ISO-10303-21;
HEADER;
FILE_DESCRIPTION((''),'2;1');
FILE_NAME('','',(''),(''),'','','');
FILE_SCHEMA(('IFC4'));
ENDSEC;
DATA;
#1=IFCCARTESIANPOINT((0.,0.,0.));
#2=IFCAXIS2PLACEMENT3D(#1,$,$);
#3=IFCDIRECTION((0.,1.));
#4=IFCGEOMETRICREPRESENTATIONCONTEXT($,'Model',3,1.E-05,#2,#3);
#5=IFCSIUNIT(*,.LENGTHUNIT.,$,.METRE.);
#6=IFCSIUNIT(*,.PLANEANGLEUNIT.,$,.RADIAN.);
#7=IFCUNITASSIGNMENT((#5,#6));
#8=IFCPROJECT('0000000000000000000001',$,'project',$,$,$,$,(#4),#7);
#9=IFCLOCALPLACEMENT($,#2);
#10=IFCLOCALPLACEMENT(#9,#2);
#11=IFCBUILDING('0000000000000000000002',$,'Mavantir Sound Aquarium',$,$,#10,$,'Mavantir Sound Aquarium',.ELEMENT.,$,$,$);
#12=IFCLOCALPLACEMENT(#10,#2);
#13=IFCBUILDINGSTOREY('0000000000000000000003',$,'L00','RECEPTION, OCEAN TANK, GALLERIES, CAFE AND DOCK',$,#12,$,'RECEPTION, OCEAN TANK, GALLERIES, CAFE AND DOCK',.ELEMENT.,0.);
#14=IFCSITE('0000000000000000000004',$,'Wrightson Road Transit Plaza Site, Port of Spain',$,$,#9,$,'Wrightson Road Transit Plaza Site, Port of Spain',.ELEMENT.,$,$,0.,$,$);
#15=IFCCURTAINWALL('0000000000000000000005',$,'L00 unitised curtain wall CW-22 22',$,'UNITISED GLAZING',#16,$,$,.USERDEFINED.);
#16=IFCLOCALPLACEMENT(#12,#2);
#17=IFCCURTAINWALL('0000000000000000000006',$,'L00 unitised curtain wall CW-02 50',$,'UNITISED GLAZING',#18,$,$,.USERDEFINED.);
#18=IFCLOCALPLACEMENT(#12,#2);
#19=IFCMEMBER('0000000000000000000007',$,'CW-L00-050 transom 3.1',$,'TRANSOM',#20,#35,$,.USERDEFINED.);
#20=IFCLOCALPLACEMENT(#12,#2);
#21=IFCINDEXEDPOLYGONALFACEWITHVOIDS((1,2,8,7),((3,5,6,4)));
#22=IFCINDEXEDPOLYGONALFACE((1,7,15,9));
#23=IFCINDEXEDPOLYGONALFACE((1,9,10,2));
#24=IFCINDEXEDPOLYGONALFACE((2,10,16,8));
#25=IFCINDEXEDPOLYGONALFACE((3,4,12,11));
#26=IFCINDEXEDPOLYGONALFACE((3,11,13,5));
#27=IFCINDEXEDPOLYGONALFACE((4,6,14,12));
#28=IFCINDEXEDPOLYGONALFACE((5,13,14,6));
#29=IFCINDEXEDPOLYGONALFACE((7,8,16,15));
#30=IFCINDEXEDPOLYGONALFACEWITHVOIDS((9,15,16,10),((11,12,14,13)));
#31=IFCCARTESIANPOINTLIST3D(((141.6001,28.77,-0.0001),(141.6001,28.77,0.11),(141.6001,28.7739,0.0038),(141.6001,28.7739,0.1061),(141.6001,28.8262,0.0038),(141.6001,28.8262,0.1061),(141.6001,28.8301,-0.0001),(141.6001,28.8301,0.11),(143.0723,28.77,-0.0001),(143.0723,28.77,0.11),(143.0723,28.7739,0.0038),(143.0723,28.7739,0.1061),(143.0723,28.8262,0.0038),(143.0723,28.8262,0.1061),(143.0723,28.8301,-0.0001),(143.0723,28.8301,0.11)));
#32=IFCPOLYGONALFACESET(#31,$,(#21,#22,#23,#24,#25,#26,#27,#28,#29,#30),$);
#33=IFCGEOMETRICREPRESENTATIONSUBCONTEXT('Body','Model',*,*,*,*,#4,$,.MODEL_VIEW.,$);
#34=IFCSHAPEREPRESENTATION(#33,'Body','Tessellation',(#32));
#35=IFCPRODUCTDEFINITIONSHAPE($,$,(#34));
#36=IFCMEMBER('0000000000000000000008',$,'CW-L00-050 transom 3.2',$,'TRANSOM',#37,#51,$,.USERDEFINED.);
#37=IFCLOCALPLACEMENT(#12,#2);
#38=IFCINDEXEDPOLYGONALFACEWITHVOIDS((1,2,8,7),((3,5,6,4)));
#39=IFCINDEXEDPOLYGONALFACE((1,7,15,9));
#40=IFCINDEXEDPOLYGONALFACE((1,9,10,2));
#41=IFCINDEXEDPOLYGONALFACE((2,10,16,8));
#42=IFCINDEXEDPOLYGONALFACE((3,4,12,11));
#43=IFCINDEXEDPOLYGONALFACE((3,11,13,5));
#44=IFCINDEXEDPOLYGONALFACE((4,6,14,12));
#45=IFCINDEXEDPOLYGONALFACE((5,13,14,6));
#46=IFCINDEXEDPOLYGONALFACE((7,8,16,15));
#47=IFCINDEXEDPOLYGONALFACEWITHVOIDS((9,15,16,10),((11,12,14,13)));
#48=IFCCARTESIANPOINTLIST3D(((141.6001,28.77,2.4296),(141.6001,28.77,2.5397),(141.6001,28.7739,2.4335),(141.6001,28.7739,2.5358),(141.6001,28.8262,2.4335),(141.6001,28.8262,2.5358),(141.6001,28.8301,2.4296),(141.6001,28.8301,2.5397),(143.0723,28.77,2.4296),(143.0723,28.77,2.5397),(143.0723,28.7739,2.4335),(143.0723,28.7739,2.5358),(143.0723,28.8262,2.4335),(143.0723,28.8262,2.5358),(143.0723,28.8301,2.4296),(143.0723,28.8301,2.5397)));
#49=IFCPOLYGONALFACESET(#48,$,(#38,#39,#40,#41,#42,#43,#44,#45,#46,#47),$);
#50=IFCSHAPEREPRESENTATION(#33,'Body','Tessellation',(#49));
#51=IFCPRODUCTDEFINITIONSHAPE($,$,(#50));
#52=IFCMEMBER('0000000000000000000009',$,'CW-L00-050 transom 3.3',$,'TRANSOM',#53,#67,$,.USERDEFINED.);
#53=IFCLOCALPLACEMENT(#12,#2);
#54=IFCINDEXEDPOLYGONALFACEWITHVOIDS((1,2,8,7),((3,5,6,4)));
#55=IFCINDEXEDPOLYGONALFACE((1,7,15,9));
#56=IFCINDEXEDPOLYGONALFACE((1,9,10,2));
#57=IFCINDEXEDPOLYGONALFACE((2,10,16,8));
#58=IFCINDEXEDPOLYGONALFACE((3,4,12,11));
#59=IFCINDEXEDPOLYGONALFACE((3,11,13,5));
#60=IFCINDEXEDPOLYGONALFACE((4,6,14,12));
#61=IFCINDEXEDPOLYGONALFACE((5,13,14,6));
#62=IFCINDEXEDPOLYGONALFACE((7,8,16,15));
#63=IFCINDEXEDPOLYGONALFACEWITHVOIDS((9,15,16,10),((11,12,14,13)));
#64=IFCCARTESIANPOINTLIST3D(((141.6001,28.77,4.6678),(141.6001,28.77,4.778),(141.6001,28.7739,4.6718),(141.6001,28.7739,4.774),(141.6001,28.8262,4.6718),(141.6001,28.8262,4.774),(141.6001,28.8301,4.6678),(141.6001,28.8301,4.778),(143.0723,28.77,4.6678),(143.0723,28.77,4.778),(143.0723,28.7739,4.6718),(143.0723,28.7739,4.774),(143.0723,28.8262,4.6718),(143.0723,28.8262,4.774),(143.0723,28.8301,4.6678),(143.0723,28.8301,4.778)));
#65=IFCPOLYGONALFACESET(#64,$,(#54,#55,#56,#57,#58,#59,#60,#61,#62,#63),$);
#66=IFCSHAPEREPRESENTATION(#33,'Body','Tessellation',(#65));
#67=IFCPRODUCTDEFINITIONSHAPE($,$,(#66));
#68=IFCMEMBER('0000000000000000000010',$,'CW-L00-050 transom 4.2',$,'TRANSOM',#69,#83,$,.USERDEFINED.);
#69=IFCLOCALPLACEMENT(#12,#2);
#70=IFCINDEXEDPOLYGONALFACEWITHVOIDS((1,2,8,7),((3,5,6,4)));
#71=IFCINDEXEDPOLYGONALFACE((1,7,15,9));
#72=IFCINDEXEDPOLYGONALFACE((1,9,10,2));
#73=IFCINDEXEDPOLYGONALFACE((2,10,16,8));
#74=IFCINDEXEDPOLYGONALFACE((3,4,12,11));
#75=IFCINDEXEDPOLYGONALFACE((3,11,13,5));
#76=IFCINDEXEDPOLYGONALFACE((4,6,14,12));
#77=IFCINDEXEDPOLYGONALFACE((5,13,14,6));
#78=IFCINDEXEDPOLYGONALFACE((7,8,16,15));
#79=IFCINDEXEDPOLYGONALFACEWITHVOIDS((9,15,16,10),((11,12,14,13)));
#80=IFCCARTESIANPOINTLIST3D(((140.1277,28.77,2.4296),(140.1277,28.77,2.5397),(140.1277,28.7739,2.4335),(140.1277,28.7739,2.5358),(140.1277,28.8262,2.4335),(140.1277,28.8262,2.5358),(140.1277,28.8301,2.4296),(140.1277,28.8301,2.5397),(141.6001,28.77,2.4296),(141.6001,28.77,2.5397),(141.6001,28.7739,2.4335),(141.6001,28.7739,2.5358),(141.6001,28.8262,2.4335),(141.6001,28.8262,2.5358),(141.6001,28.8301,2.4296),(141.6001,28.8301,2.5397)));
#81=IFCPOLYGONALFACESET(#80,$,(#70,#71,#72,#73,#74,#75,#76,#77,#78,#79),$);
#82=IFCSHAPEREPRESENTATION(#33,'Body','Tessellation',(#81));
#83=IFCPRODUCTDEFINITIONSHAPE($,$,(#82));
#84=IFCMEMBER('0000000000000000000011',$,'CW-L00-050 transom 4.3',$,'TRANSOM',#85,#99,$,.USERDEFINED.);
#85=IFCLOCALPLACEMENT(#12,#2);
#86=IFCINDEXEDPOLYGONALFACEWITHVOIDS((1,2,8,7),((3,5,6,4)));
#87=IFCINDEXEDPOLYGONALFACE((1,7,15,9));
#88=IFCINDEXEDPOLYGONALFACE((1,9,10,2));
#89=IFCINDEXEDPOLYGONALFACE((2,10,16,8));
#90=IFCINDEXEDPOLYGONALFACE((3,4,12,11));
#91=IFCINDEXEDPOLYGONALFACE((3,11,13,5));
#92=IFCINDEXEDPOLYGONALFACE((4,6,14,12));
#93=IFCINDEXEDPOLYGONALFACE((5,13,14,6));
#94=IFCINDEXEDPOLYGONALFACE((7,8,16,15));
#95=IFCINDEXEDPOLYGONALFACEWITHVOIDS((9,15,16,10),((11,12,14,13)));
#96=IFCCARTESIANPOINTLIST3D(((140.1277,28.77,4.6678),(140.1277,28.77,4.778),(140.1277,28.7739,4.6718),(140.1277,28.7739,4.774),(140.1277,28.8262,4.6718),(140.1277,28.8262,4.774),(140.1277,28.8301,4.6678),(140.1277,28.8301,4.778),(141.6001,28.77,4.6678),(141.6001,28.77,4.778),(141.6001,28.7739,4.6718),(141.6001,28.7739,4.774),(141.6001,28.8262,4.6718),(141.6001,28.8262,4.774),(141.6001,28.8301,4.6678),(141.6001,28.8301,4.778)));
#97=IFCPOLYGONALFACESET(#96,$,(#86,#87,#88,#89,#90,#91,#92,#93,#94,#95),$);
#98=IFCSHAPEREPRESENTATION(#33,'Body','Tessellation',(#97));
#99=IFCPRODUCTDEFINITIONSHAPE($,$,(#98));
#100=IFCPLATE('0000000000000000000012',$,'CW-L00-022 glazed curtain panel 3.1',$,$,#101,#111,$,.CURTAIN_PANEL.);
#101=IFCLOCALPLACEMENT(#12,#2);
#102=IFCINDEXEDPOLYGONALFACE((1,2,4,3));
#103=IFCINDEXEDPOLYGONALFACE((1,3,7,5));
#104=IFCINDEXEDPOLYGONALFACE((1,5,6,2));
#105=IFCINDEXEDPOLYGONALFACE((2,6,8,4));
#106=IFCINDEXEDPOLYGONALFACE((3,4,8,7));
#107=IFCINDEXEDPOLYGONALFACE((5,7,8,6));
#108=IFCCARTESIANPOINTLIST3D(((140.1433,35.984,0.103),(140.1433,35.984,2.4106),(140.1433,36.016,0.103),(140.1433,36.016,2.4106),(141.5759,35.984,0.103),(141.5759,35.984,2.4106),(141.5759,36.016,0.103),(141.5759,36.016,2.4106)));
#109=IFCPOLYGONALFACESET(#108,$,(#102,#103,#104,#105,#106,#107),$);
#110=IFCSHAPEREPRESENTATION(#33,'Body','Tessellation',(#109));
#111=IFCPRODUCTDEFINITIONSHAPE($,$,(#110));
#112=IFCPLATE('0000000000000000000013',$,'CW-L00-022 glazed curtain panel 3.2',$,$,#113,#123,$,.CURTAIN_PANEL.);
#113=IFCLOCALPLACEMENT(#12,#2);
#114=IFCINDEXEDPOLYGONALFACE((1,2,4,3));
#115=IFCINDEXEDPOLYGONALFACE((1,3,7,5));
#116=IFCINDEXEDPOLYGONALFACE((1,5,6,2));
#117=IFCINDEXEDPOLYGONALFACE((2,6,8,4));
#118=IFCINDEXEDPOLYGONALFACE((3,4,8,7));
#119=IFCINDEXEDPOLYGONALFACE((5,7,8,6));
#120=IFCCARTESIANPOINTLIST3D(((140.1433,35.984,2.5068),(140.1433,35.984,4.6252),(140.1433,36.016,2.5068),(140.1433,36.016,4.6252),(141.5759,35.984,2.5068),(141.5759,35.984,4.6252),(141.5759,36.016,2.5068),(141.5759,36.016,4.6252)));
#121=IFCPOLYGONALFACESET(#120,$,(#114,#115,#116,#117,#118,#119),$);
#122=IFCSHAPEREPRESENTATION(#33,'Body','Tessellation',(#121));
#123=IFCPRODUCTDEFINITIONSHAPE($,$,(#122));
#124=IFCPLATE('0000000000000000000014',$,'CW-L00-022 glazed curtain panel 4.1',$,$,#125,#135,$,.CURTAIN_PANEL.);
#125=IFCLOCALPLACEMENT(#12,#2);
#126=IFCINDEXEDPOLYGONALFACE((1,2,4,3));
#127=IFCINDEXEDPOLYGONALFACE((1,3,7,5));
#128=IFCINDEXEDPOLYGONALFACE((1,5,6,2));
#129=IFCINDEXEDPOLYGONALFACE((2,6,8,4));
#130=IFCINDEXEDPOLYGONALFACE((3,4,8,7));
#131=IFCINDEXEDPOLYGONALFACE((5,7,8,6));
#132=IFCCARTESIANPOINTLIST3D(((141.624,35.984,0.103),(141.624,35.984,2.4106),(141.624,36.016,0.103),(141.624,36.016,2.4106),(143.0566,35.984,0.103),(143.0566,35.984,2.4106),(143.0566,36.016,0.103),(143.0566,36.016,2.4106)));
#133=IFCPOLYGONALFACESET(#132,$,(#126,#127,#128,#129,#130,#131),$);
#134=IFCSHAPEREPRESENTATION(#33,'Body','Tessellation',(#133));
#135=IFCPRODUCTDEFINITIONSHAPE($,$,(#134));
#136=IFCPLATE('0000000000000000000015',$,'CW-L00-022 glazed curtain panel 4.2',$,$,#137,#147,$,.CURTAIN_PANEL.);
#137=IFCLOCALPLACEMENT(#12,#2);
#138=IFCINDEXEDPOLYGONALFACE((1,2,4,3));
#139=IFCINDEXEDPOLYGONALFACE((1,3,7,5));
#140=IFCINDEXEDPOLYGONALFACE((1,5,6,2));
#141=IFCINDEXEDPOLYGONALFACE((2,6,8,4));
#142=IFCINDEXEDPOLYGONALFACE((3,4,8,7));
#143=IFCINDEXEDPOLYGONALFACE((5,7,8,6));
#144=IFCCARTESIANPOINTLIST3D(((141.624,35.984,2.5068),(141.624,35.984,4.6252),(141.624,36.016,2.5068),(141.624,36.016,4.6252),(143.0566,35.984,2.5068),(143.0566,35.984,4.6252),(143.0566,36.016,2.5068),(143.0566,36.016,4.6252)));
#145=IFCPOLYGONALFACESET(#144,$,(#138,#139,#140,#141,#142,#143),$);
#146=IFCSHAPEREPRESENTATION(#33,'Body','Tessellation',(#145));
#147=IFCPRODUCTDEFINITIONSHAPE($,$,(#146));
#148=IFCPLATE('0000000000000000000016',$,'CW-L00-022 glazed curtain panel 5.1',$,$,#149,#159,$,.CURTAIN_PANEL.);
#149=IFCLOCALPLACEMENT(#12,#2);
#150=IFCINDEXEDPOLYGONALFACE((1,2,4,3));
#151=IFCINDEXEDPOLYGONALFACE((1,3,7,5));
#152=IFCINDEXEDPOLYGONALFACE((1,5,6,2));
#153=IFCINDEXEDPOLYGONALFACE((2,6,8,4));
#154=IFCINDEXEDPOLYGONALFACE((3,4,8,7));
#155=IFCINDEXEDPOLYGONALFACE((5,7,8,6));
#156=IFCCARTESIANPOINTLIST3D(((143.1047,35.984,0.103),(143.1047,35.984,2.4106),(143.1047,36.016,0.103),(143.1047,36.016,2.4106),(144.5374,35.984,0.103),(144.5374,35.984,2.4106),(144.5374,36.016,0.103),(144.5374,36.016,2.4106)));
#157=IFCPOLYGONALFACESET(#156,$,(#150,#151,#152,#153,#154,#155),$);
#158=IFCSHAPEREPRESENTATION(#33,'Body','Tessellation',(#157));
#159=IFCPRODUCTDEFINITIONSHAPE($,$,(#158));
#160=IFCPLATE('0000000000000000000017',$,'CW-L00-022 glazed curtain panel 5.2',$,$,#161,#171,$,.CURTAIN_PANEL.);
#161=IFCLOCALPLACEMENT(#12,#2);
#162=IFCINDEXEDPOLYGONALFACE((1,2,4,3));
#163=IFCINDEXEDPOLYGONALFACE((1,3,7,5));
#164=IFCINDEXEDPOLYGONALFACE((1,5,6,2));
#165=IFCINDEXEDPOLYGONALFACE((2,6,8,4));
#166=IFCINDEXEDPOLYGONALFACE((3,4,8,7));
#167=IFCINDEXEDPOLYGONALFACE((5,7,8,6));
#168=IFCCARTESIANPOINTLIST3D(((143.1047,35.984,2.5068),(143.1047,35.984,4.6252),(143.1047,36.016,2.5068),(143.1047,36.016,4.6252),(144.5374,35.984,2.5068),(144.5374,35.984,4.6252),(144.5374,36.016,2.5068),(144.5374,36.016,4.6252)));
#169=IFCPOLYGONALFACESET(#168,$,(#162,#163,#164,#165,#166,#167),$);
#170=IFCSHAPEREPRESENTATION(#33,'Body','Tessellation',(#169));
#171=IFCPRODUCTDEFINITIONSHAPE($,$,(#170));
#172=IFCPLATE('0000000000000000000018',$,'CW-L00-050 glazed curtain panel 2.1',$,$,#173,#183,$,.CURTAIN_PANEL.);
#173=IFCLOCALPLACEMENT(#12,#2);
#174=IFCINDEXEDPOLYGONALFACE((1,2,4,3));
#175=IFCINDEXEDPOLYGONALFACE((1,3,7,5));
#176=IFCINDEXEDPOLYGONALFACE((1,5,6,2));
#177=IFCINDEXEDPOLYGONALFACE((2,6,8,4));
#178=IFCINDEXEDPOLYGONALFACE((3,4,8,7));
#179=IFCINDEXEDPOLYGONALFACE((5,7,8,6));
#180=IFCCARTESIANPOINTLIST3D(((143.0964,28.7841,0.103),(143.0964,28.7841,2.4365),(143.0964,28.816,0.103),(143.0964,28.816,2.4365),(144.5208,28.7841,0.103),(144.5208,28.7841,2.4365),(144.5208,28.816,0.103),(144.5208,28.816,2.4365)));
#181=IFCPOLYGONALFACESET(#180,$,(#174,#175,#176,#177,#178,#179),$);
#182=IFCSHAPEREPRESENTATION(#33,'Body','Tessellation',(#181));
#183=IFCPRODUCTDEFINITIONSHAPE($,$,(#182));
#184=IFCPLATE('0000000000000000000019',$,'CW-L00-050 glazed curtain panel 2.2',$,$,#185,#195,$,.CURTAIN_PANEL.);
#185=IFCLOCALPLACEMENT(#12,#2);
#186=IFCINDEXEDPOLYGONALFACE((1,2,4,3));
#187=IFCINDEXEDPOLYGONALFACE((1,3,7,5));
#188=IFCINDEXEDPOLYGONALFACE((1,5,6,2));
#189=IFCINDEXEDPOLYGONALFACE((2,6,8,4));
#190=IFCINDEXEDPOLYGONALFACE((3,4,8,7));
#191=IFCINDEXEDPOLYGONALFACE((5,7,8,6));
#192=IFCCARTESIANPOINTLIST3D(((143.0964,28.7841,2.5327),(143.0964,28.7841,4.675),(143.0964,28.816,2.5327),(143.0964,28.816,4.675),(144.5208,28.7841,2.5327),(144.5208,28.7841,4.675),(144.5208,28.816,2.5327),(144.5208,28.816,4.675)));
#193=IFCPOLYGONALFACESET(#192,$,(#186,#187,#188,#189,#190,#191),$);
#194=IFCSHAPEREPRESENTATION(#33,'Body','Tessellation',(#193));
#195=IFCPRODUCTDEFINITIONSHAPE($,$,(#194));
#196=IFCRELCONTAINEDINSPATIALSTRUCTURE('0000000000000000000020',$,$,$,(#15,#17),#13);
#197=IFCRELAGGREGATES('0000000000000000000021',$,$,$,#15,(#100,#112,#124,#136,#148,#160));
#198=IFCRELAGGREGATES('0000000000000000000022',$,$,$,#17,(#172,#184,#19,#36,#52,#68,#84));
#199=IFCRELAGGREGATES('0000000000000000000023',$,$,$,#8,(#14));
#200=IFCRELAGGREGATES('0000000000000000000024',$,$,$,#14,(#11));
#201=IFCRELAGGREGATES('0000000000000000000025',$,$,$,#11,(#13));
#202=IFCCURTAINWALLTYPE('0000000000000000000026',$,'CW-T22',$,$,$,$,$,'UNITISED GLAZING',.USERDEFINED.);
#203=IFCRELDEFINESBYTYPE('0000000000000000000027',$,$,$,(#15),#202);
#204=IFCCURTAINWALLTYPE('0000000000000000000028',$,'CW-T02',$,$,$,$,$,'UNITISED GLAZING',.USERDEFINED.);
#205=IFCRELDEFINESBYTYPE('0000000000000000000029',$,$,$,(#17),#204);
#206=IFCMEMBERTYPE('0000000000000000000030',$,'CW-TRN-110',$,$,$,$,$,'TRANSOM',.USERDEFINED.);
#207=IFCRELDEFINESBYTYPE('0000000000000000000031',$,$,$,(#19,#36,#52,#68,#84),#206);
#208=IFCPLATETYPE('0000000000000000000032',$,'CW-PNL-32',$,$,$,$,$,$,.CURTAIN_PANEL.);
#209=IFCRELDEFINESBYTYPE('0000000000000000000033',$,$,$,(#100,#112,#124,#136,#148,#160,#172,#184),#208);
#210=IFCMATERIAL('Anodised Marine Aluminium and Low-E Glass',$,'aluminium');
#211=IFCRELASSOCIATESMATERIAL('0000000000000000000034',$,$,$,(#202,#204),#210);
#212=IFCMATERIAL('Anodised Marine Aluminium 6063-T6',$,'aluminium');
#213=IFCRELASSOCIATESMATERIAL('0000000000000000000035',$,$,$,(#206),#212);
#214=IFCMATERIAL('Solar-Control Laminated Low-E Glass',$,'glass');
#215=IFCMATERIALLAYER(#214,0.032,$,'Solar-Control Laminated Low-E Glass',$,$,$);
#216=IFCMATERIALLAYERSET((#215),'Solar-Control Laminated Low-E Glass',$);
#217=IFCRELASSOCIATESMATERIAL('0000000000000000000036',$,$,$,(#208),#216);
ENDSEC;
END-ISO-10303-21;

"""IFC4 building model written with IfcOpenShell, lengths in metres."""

from ifc_helpers import new_model, si_unit, direction, frame, origin, origin_2d, place, context, subcontext, project, spatial, rectangle, hollow_rectangle, extrude, material, layer, layer_set, material_profile, profile_set, type_object, element, aggregate, save


model = new_model("IFC4")

# Units and contexts
model_context = context("Model", 3, precision=1e-05, world=origin(), true_north=direction((0.0, 1.0)))
body_context = subcontext(model_context, "Body", "Model", "MODEL_VIEW")
ifc_project = project(units=[si_unit("LENGTHUNIT", "METRE"), si_unit("PLANEANGLEUNIT", "RADIAN")], contexts=[model_context])

# Site, building, storey
site_placement = place(None, origin())
site = spatial("IfcSite", under=ifc_project, at=site_placement, Name="Wrightson Road Transit Plaza Site, Port of Spain", LongName="Wrightson Road Transit Plaza Site, Port of Spain", CompositionType="ELEMENT", RefElevation=0.0)
building_placement = place(site_placement, origin())
building = spatial("IfcBuilding", under=site, at=building_placement, Name="Mavantir Sound Aquarium", LongName="Mavantir Sound Aquarium", CompositionType="ELEMENT")
storey_placement = place(building_placement, origin())
storey = spatial("IfcBuildingStorey", under=building, at=storey_placement, Name="L00", Description="RECEPTION, OCEAN TANK, GALLERIES, CAFE AND DOCK", LongName="RECEPTION, OCEAN TANK, GALLERIES, CAFE AND DOCK", CompositionType="ELEMENT", Elevation=0.0)

# Curtain walls
ifc_material_1 = material(Name="Anodised Marine Aluminium and Low-E Glass", Category="aluminium")
curtain_wall_type_1 = type_object("IfcCurtainWallType", Name="CW-T22", ElementType="UNITISED GLAZING", PredefinedType="USERDEFINED", material=ifc_material_1)
curtain_wall_1_placement = place(storey_placement, origin())
curtain_wall_1 = element("IfcCurtainWall", 1, at=curtain_wall_1_placement, inside=storey, type_object=curtain_wall_type_1, Name="L00 unitised curtain wall CW-22 22", ObjectType="UNITISED GLAZING", PredefinedType="USERDEFINED")
ifc_material_2 = material(Name="Anodised Marine Aluminium 6063-T6", Category="aluminium")
curtain_wall_type_2 = type_object("IfcCurtainWallType", Name="CW-T02", ElementType="UNITISED GLAZING", PredefinedType="USERDEFINED", material=ifc_material_1)
curtain_wall_2_placement = place(storey_placement, origin())
curtain_wall_2 = element("IfcCurtainWall", 2, at=curtain_wall_2_placement, inside=storey, type_object=curtain_wall_type_2, Name="L00 unitised curtain wall CW-02 50", ObjectType="UNITISED GLAZING", PredefinedType="USERDEFINED")

# Members
ifc_material_profile_1 = material_profile(ifc_material_2, hollow_rectangle(XDim=0.0601, YDim=0.1101, WallThickness=0.0039, at=origin_2d()), Name="ALU-TRANSOM-110X60")
ifc_profile_set_1 = profile_set([ifc_material_profile_1], Name="Anodised Marine Aluminium 6063-T6")
member_type_1 = type_object("IfcMemberType", Name="CW-TRN-110", ElementType="TRANSOM", PredefinedType="USERDEFINED", material=ifc_profile_set_1)
member_1_placement = place(storey_placement, frame((143.0723, 28.8, 0.0549), z_axis=(-1.0, 0.0, 0.0), x_axis=(0.0, -1.0, 0.0)))
member_1 = element("IfcMember", 3, at=member_1_placement, type_object=member_type_1, Name="CW-L00-050 transom 3.1", ObjectType="TRANSOM", PredefinedType="USERDEFINED", context=body_context, shape_type="SweptSolid", body=[
    extrude(hollow_rectangle(XDim=0.0601, YDim=0.1101, WallThickness=0.0039, at=origin_2d()), origin(), (0.0, 0.0, 1.0), 1.4722),
])
member_2_placement = place(storey_placement, frame((143.0723, 28.8, 2.4846), z_axis=(-1.0, 0.0, 0.0), x_axis=(0.0, -1.0, 0.0)))
member_2 = element("IfcMember", 4, at=member_2_placement, type_object=member_type_1, Name="CW-L00-050 transom 3.2", ObjectType="TRANSOM", PredefinedType="USERDEFINED", context=body_context, shape_type="SweptSolid", body=[
    extrude(hollow_rectangle(XDim=0.0601, YDim=0.1101, WallThickness=0.0039, at=origin_2d()), origin(), (0.0, 0.0, 1.0), 1.4722),
])
member_3_placement = place(storey_placement, frame((143.0723, 28.8, 4.7229), z_axis=(-1.0, 0.0, 0.0), x_axis=(0.0, -1.0, 0.0)))
member_3 = element("IfcMember", 5, at=member_3_placement, type_object=member_type_1, Name="CW-L00-050 transom 3.3", ObjectType="TRANSOM", PredefinedType="USERDEFINED", context=body_context, shape_type="SweptSolid", body=[
    extrude(hollow_rectangle(XDim=0.0601, YDim=0.1101, WallThickness=0.0039, at=origin_2d()), origin(), (0.0, 0.0, 1.0), 1.4722),
])
member_4_placement = place(storey_placement, frame((141.6001, 28.8, 2.4846), z_axis=(-1.0, 0.0, 0.0), x_axis=(0.0, -1.0, 0.0)))
member_4 = element("IfcMember", 6, at=member_4_placement, type_object=member_type_1, Name="CW-L00-050 transom 4.2", ObjectType="TRANSOM", PredefinedType="USERDEFINED", context=body_context, shape_type="SweptSolid", body=[
    extrude(hollow_rectangle(XDim=0.0601, YDim=0.1101, WallThickness=0.0039, at=origin_2d()), origin(), (0.0, 0.0, 1.0), 1.4724),
])
member_5_placement = place(storey_placement, frame((141.6001, 28.8, 4.7229), z_axis=(-1.0, 0.0, 0.0), x_axis=(0.0, -1.0, 0.0)))
member_5 = element("IfcMember", 7, at=member_5_placement, type_object=member_type_1, Name="CW-L00-050 transom 4.3", ObjectType="TRANSOM", PredefinedType="USERDEFINED", context=body_context, shape_type="SweptSolid", body=[
    extrude(hollow_rectangle(XDim=0.0601, YDim=0.1101, WallThickness=0.0039, at=origin_2d()), origin(), (0.0, 0.0, 1.0), 1.4724),
])

# Plates
ifc_material_3 = material(Name="Solar-Control Laminated Low-E Glass", Category="glass")
ifc_layer = layer(ifc_material_3, 0.032, Name="Solar-Control Laminated Low-E Glass")
ifc_layer_set = layer_set([ifc_layer], Name="Solar-Control Laminated Low-E Glass")
plate_type = type_object("IfcPlateType", Name="CW-PNL-32", PredefinedType="CURTAIN_PANEL", material=ifc_layer_set)
plate_1_placement = place(storey_placement, frame((140.8596, 36.0, 0.103), z_axis=(0.0, 0.0, 1.0), x_axis=(1.0, 0.0, 0.0)))
plate_1 = element("IfcPlate", 8, at=plate_1_placement, type_object=plate_type, Name="CW-L00-022 glazed curtain panel 3.1", PredefinedType="CURTAIN_PANEL", context=body_context, shape_type="SweptSolid", body=[
    extrude(rectangle(XDim=1.4326, YDim=0.032, at=origin_2d()), origin(), (0.0, 0.0, 1.0), 2.3076),
])
plate_2_placement = place(storey_placement, frame((140.8596, 36.0, 2.5068), z_axis=(0.0, 0.0, 1.0), x_axis=(1.0, 0.0, 0.0)))
plate_2 = element("IfcPlate", 9, at=plate_2_placement, type_object=plate_type, Name="CW-L00-022 glazed curtain panel 3.2", PredefinedType="CURTAIN_PANEL", context=body_context, shape_type="SweptSolid", body=[
    extrude(rectangle(XDim=1.4326, YDim=0.032, at=origin_2d()), origin(), (0.0, 0.0, 1.0), 2.1184),
])
plate_3_placement = place(storey_placement, frame((142.3403, 36.0, 0.103), z_axis=(0.0, 0.0, 1.0), x_axis=(1.0, 0.0, 0.0)))
plate_3 = element("IfcPlate", 10, at=plate_3_placement, type_object=plate_type, Name="CW-L00-022 glazed curtain panel 4.1", PredefinedType="CURTAIN_PANEL", context=body_context, shape_type="SweptSolid", body=[
    extrude(rectangle(XDim=1.4326, YDim=0.032, at=origin_2d()), origin(), (0.0, 0.0, 1.0), 2.3076),
])
plate_4_placement = place(storey_placement, frame((142.3403, 36.0, 2.5068), z_axis=(0.0, 0.0, 1.0), x_axis=(1.0, 0.0, 0.0)))
plate_4 = element("IfcPlate", 11, at=plate_4_placement, type_object=plate_type, Name="CW-L00-022 glazed curtain panel 4.2", PredefinedType="CURTAIN_PANEL", context=body_context, shape_type="SweptSolid", body=[
    extrude(rectangle(XDim=1.4326, YDim=0.032, at=origin_2d()), origin(), (0.0, 0.0, 1.0), 2.1184),
])
plate_5_placement = place(storey_placement, frame((143.821, 36.0, 0.103), z_axis=(0.0, 0.0, 1.0), x_axis=(1.0, 0.0, 0.0)))
plate_5 = element("IfcPlate", 12, at=plate_5_placement, type_object=plate_type, Name="CW-L00-022 glazed curtain panel 5.1", PredefinedType="CURTAIN_PANEL", context=body_context, shape_type="SweptSolid", body=[
    extrude(rectangle(XDim=1.4326, YDim=0.032, at=origin_2d()), origin(), (0.0, 0.0, 1.0), 2.3076),
])
plate_6_placement = place(storey_placement, frame((143.821, 36.0, 2.5068), z_axis=(0.0, 0.0, 1.0), x_axis=(1.0, 0.0, 0.0)))
plate_6 = element("IfcPlate", 13, at=plate_6_placement, type_object=plate_type, Name="CW-L00-022 glazed curtain panel 5.2", PredefinedType="CURTAIN_PANEL", context=body_context, shape_type="SweptSolid", body=[
    extrude(rectangle(XDim=1.4326, YDim=0.032, at=origin_2d()), origin(), (0.0, 0.0, 1.0), 2.1184),
])
aggregate(curtain_wall_1, [plate_1, plate_2, plate_3, plate_4, plate_5, plate_6])
plate_7_placement = place(storey_placement, frame((143.8086, 28.8, 0.103), z_axis=(0.0, 0.0, 1.0), x_axis=(-1.0, 0.0, 0.0)))
plate_7 = element("IfcPlate", 14, at=plate_7_placement, type_object=plate_type, Name="CW-L00-050 glazed curtain panel 2.1", PredefinedType="CURTAIN_PANEL", context=body_context, shape_type="SweptSolid", body=[
    extrude(rectangle(XDim=1.4243, YDim=0.032, at=origin_2d()), origin(), (0.0, 0.0, 1.0), 2.3335),
])
plate_8_placement = place(storey_placement, frame((143.8086, 28.8, 2.5327), z_axis=(0.0, 0.0, 1.0), x_axis=(-1.0, 0.0, 0.0)))
plate_8 = element("IfcPlate", 15, at=plate_8_placement, type_object=plate_type, Name="CW-L00-050 glazed curtain panel 2.2", PredefinedType="CURTAIN_PANEL", context=body_context, shape_type="SweptSolid", body=[
    extrude(rectangle(XDim=1.4243, YDim=0.032, at=origin_2d()), origin(), (0.0, 0.0, 1.0), 2.1423),
])
aggregate(curtain_wall_2, [plate_7, plate_8, member_1, member_2, member_3, member_4, member_5])

save(model, "model.ifc")
